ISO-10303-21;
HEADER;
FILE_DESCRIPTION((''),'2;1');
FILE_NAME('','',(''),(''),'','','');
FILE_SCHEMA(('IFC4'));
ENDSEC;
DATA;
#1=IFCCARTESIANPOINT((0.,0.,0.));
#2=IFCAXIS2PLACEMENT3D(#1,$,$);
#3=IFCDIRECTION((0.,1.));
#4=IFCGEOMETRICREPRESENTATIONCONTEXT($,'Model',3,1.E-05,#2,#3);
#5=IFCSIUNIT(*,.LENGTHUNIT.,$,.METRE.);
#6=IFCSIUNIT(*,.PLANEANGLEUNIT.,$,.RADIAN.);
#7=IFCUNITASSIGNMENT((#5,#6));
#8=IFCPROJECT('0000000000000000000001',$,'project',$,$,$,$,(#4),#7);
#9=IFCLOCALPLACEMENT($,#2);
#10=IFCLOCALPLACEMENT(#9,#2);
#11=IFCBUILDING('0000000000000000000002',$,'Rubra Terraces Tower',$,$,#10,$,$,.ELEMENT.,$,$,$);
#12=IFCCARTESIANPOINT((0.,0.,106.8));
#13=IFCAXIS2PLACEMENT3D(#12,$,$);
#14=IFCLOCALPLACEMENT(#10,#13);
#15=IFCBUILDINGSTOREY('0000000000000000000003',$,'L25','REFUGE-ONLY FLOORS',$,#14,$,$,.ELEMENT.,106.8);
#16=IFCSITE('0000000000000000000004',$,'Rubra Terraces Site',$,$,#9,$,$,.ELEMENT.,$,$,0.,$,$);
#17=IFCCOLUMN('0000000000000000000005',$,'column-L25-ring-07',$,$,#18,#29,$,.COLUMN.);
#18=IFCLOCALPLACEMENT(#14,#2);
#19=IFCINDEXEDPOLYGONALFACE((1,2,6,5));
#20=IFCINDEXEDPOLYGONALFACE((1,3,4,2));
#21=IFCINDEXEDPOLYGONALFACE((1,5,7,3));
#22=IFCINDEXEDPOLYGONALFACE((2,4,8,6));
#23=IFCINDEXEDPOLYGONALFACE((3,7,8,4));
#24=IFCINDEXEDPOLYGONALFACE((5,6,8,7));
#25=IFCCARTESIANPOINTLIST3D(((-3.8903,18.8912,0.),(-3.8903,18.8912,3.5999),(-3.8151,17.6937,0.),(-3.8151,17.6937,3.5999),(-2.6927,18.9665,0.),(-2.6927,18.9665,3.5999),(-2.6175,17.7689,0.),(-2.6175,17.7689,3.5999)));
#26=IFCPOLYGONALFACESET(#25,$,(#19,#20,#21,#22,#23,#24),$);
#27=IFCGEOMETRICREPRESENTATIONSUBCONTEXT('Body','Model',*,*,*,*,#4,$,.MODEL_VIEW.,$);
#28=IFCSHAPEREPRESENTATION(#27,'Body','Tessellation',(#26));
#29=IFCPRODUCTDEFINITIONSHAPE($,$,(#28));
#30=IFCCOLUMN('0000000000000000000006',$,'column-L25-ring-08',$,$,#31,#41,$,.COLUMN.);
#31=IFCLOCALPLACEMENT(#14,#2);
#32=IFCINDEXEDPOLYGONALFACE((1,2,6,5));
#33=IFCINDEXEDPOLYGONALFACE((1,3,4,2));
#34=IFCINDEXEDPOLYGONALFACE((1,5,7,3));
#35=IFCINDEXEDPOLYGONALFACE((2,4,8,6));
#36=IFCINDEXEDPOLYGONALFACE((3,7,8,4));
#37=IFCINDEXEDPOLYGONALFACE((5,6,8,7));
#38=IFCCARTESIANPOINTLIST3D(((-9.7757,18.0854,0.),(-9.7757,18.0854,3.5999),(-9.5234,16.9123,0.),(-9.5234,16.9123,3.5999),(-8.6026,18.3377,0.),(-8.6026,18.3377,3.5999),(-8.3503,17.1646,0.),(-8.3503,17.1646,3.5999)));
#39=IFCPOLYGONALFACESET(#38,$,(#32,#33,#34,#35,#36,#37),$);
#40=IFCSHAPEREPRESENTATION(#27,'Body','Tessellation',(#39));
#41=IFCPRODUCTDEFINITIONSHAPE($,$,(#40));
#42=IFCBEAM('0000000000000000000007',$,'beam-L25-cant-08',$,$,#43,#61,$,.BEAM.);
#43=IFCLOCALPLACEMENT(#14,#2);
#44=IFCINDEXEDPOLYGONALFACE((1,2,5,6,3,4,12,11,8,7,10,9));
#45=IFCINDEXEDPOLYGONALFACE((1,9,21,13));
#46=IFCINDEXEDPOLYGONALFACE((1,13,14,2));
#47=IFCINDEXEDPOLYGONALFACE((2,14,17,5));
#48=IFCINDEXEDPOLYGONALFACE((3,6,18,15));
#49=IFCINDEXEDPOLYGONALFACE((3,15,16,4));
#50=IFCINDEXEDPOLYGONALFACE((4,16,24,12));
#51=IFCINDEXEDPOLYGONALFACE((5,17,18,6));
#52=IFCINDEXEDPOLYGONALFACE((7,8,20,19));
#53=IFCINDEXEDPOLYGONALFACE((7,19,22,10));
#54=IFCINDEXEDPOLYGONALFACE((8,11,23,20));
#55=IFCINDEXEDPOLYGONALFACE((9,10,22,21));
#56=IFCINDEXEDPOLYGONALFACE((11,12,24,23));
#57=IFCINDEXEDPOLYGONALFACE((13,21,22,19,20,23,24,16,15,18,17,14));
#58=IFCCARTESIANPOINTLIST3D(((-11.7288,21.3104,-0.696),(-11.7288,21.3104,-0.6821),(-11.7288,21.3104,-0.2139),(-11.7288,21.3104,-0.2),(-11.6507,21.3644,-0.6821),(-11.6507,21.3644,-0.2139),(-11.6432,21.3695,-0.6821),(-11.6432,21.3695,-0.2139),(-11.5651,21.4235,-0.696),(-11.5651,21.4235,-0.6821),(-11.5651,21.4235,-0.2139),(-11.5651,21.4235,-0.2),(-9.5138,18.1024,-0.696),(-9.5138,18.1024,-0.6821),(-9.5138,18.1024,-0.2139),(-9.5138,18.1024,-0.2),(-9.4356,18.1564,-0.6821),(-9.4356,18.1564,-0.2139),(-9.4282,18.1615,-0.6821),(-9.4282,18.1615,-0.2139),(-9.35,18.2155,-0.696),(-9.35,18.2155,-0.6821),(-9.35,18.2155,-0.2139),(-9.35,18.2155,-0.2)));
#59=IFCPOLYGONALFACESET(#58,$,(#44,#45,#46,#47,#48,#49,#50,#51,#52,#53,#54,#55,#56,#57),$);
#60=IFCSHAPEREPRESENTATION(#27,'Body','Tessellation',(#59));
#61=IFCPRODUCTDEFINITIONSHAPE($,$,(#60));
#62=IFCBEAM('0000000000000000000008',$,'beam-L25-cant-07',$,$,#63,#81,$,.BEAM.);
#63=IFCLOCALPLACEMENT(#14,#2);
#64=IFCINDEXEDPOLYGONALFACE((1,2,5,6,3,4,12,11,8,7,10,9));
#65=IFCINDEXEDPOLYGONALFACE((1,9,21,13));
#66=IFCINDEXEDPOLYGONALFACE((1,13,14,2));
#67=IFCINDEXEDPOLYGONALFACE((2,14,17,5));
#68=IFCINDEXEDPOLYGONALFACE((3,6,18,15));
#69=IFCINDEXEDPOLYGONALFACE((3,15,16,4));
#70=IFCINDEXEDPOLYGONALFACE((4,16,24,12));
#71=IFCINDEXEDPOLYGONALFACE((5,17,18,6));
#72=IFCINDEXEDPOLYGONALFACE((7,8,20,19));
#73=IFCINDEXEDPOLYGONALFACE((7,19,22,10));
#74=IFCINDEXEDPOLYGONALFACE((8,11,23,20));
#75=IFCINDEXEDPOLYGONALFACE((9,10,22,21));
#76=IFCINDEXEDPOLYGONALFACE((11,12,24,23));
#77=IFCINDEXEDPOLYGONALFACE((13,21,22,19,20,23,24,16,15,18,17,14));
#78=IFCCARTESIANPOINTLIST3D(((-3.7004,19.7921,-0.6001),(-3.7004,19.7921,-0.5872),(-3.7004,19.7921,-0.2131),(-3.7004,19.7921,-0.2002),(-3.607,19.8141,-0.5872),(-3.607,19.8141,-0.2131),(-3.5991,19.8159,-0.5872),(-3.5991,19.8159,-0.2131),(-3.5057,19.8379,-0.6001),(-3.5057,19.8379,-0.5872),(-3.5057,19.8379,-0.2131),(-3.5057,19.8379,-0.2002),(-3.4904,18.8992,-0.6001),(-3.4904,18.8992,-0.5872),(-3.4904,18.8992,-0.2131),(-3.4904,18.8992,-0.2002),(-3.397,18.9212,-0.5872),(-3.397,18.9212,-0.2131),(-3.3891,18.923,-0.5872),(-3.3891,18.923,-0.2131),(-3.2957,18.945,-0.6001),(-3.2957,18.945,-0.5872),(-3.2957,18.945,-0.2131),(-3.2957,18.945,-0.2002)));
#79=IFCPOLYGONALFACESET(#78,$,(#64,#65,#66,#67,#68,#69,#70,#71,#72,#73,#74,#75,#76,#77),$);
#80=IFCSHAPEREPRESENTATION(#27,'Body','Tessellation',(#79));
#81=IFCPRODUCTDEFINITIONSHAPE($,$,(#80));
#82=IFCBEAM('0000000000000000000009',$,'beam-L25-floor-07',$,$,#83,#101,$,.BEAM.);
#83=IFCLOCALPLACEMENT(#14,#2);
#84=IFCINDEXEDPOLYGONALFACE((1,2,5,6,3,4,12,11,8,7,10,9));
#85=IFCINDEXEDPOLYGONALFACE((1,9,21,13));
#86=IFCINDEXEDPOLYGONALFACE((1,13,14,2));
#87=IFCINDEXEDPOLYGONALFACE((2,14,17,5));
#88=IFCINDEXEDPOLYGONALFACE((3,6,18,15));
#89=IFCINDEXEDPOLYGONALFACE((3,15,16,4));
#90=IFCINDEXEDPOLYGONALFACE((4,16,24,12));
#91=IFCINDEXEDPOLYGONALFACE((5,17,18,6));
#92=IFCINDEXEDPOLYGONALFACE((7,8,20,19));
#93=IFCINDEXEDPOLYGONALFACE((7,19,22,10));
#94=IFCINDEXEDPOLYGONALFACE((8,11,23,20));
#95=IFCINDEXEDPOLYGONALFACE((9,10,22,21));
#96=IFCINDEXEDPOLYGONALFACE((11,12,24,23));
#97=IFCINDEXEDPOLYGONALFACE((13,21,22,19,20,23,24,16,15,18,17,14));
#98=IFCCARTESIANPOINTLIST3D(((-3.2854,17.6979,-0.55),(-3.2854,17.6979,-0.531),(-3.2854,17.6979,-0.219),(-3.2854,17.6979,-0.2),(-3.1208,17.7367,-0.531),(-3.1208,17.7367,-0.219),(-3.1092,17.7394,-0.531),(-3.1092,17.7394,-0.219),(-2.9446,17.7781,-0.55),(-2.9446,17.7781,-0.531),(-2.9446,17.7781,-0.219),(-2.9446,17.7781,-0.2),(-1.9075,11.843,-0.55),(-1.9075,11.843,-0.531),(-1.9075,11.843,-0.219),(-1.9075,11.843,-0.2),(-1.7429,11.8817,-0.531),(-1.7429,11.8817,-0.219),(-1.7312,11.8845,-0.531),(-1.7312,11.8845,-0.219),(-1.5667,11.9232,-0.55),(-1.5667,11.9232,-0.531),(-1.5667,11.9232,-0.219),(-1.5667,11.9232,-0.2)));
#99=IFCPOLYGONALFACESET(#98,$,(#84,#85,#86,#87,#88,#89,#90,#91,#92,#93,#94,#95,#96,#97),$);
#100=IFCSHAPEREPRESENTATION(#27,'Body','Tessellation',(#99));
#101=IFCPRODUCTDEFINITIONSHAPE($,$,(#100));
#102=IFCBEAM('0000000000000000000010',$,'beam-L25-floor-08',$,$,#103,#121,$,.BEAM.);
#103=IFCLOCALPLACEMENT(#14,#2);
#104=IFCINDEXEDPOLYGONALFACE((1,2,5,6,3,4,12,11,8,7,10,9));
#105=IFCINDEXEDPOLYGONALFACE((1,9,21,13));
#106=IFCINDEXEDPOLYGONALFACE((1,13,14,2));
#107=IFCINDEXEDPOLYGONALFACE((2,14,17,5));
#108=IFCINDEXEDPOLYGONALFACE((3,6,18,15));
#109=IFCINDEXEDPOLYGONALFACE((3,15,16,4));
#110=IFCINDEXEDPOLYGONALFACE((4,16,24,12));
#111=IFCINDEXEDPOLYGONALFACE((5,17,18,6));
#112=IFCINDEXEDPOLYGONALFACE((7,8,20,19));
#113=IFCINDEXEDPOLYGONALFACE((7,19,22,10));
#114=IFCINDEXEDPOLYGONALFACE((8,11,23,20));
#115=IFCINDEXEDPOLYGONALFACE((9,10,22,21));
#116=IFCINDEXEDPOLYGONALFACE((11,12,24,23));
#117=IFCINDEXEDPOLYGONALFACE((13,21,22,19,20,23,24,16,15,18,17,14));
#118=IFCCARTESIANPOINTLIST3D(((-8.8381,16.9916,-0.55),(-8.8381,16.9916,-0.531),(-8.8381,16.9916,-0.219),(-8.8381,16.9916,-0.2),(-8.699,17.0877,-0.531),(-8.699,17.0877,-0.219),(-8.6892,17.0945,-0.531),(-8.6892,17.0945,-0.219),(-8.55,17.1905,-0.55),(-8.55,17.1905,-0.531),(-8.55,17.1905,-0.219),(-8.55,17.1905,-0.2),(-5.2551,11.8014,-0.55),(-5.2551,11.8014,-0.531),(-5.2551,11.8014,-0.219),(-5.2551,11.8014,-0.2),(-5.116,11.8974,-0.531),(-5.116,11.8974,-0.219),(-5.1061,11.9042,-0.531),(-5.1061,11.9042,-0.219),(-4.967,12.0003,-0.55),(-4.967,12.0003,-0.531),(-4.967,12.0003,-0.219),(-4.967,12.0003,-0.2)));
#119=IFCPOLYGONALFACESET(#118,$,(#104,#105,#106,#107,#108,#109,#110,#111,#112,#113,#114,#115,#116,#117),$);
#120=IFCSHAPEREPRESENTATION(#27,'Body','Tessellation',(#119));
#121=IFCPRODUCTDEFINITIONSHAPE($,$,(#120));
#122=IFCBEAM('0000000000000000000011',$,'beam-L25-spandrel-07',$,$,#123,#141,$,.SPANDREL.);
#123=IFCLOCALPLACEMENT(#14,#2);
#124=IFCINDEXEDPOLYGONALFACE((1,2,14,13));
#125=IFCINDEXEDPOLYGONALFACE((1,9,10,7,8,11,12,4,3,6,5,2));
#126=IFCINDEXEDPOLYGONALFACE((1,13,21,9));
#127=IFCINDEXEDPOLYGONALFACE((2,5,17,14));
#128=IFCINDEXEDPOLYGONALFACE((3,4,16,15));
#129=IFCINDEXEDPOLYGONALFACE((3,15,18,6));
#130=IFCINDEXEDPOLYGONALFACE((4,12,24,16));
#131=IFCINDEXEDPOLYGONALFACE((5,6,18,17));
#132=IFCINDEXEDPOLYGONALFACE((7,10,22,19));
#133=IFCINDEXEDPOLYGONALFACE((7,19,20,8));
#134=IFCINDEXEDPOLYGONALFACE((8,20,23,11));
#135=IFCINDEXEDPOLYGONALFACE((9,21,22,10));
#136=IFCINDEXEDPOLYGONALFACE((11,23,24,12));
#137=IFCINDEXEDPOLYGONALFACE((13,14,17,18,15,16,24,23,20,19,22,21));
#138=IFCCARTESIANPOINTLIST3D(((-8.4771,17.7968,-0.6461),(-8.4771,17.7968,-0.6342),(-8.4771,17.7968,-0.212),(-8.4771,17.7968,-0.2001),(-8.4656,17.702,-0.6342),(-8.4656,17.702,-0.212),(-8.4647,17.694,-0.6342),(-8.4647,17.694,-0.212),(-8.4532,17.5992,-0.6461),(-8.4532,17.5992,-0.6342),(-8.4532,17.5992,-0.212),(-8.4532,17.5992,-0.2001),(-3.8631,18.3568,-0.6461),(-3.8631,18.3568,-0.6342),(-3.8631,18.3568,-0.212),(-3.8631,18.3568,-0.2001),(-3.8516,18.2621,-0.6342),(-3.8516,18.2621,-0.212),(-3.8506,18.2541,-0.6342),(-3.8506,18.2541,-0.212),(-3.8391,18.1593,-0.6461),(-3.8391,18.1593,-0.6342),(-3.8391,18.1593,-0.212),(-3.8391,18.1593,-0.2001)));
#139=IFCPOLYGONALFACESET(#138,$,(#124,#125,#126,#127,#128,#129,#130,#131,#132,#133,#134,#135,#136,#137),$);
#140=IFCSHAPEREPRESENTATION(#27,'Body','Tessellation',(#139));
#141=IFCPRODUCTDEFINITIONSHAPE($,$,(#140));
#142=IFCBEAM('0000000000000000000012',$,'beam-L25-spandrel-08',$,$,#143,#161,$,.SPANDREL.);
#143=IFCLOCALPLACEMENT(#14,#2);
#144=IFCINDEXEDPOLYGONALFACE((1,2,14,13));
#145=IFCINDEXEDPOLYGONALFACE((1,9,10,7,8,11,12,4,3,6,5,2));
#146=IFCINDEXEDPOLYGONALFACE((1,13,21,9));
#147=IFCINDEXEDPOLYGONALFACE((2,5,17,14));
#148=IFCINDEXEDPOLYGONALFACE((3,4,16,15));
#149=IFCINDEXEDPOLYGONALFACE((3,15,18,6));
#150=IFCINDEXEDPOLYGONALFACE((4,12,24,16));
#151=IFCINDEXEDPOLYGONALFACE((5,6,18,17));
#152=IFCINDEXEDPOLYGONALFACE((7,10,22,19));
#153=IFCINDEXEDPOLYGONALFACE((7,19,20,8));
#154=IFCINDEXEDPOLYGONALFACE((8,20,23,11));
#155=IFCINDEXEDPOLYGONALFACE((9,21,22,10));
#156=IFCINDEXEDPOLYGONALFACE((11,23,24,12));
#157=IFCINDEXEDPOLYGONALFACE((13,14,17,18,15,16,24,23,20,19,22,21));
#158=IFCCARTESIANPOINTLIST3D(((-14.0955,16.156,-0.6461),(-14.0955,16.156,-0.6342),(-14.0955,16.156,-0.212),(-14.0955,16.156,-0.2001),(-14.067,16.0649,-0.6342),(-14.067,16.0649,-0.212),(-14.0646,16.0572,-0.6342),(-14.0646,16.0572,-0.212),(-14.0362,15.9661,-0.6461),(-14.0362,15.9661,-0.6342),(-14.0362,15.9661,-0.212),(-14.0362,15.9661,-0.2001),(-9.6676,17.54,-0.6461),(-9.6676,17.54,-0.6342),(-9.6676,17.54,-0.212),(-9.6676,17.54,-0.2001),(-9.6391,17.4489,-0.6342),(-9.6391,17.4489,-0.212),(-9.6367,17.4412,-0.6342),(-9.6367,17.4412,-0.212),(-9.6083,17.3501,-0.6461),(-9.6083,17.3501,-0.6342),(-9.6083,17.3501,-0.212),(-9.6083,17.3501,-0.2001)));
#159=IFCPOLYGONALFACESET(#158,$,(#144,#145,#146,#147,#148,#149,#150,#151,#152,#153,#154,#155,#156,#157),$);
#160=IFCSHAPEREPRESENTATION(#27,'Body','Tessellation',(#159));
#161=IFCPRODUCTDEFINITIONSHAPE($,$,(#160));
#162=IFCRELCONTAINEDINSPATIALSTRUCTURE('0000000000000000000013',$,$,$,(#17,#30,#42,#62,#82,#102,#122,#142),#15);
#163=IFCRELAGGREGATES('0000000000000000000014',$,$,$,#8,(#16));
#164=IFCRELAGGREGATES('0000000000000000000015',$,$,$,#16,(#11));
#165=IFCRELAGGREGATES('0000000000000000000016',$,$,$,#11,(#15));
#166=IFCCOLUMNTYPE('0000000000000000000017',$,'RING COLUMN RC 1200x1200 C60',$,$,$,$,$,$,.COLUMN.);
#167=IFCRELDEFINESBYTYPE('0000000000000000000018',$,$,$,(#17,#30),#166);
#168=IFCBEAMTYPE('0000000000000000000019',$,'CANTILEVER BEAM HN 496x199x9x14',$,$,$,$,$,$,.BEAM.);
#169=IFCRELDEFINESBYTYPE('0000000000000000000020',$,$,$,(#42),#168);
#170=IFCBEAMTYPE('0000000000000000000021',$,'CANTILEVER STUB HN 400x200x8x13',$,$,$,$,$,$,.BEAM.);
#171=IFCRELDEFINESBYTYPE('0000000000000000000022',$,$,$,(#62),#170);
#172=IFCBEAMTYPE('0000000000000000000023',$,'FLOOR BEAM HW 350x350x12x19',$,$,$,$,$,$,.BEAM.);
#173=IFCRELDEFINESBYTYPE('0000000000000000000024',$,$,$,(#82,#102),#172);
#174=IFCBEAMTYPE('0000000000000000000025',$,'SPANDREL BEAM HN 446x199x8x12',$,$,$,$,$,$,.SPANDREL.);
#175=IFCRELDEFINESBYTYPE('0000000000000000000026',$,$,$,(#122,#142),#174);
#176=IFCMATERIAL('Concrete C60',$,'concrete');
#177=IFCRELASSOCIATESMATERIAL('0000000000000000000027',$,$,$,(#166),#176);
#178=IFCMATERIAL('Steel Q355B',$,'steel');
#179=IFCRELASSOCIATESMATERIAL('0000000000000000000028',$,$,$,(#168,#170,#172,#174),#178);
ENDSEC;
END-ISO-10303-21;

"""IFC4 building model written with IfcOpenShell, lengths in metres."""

from ifc_helpers import new_model, si_unit, direction, frame, origin, origin_2d, place, context, subcontext, project, spatial, rectangle, i_section, extrude, material, material_profile, profile_set, type_object, element, save


model = new_model("IFC4")

# Units and contexts
model_context = context("Model", 3, precision=1e-05, world=origin(), true_north=direction((0.0, 1.0)))
body_context = subcontext(model_context, "Body", "Model", "MODEL_VIEW")
ifc_project = project(units=[si_unit("LENGTHUNIT", "METRE"), si_unit("PLANEANGLEUNIT", "RADIAN")], contexts=[model_context])

# Site, building, storey
site_placement = place(None, origin())
site = spatial("IfcSite", under=ifc_project, at=site_placement, Name="Rubra Terraces Site", CompositionType="ELEMENT", RefElevation=0.0)
building_placement = place(site_placement, origin())
building = spatial("IfcBuilding", under=site, at=building_placement, Name="Rubra Terraces Tower", CompositionType="ELEMENT")
storey_placement = place(building_placement, frame((0.0, 0.0, 106.8)))
storey = spatial("IfcBuildingStorey", under=building, at=storey_placement, Name="L25", Description="REFUGE-ONLY FLOORS", CompositionType="ELEMENT", Elevation=106.8)

# Columns
ifc_material_1 = material(Name="Concrete C60", Category="concrete")
ifc_material_profile_1 = material_profile(ifc_material_1, rectangle(XDim=1.2, YDim=1.2, at=origin_2d()), Name="RC 1200x1200")
ifc_profile_set_1 = profile_set([ifc_material_profile_1], Name="Concrete C60")
column_type = type_object("IfcColumnType", Name="RING COLUMN RC 1200x1200 C60", PredefinedType="COLUMN", material=ifc_profile_set_1)
for number, where, z_axis, x_axis, name in (
    (1, (-3.2539, 18.3301, 0.0), (0.0, 0.0, 1.0), (-0.998032, -0.062714, 0.0), "column-L25-ring-07"),
    (2, (-9.063, 17.625, 0.0), (0.0, 0.0, 1.0), (-0.977653, -0.210227, 0.0), "column-L25-ring-08"),
):
    element("IfcColumn", number, at=place(storey_placement, frame(where, z_axis=z_axis, x_axis=x_axis)), inside=storey, type_object=column_type, Name=name, PredefinedType="COLUMN", context=body_context, shape_type="SweptSolid", body=[
        extrude(rectangle(XDim=1.2, YDim=1.2, at=origin_2d()), origin(), (0.0, 0.0, 1.0), 3.5999),
    ])

# Beams
ifc_material_2 = material(Name="Steel Q355B", Category="steel")
ifc_material_profile_2 = material_profile(ifc_material_2, i_section(OverallWidth=0.199, OverallDepth=0.4961, WebThickness=0.009, FlangeThickness=0.0139, at=origin_2d()), Name="HN 496x199x9x14")
ifc_profile_set_2 = profile_set([ifc_material_profile_2], Name="Steel Q355B")
beam_type_1 = type_object("IfcBeamType", Name="CANTILEVER BEAM HN 496x199x9x14", PredefinedType="BEAM", material=ifc_profile_set_2)
beam_1_placement = place(storey_placement, frame((-9.4319, 18.1589, -0.448), z_axis=(-0.568197, 0.822893, 0.0), x_axis=(-0.822893, -0.568197, 0.0)))
element("IfcBeam", 3, at=beam_1_placement, inside=storey, type_object=beam_type_1, Name="beam-L25-cant-08", PredefinedType="BEAM", context=body_context, shape_type="SweptSolid", body=[
    extrude(i_section(OverallWidth=0.199, OverallDepth=0.4961, WebThickness=0.009, FlangeThickness=0.0139, at=origin_2d()), origin(), (0.0, 0.0, 1.0), 3.8984),
])
ifc_material_profile_3 = material_profile(ifc_material_2, i_section(OverallWidth=0.2, OverallDepth=0.3999, WebThickness=0.0081, FlangeThickness=0.0129, at=origin_2d()), Name="HN 400x200x8x13")
ifc_profile_set_3 = profile_set([ifc_material_profile_3], Name="Steel Q355B")
beam_type_2 = type_object("IfcBeamType", Name="CANTILEVER STUB HN 400x200x8x13", PredefinedType="BEAM", material=ifc_profile_set_3)
beam_2_placement = place(storey_placement, frame((-3.3931, 18.9221, -0.4001), z_axis=(-0.228921, 0.973445, 0.0), x_axis=(-0.973445, -0.228921, 0.0)))
element("IfcBeam", 4, at=beam_2_placement, inside=storey, type_object=beam_type_2, Name="beam-L25-cant-07", PredefinedType="BEAM", context=body_context, shape_type="SweptSolid", body=[
    extrude(i_section(OverallWidth=0.2, OverallDepth=0.3999, WebThickness=0.0081, FlangeThickness=0.0129, at=origin_2d()), origin(), (0.0, 0.0, 1.0), 0.9172),
])
ifc_material_profile_4 = material_profile(ifc_material_2, i_section(OverallWidth=0.3501, OverallDepth=0.3501, WebThickness=0.012, FlangeThickness=0.019, at=origin_2d()), Name="HW 350x350x12x19")
ifc_profile_set_4 = profile_set([ifc_material_profile_4], Name="Steel Q355B")
beam_type_3 = type_object("IfcBeamType", Name="FLOOR BEAM HW 350x350x12x19", PredefinedType="BEAM", material=ifc_profile_set_4)
beam_3_placement = place(storey_placement, frame((-3.115, 17.738, -0.375), z_axis=(0.229085, -0.973407, 0.0), x_axis=(0.973407, 0.229085, 0.0)))
element("IfcBeam", 5, at=beam_3_placement, inside=storey, type_object=beam_type_3, Name="beam-L25-floor-07", PredefinedType="BEAM", context=body_context, shape_type="SweptSolid", body=[
    extrude(i_section(OverallWidth=0.3501, OverallDepth=0.3501, WebThickness=0.012, FlangeThickness=0.019, at=origin_2d()), origin(), (0.0, 0.0, 1.0), 6.0149),
])
beam_4_placement = place(storey_placement, frame((-8.6941, 17.0911, -0.375), z_axis=(0.568116, -0.822948, 0.0), x_axis=(0.822948, 0.568116, 0.0)))
element("IfcBeam", 6, at=beam_4_placement, inside=storey, type_object=beam_type_3, Name="beam-L25-floor-08", PredefinedType="BEAM", context=body_context, shape_type="SweptSolid", body=[
    extrude(i_section(OverallWidth=0.3501, OverallDepth=0.3501, WebThickness=0.012, FlangeThickness=0.019, at=origin_2d()), origin(), (0.0, 0.0, 1.0), 6.3069),
])
ifc_material_profile_5 = material_profile(ifc_material_2, i_section(OverallWidth=0.199, OverallDepth=0.446, WebThickness=0.0081, FlangeThickness=0.012, at=origin_2d()), Name="HN 446x199x8x12")
ifc_profile_set_5 = profile_set([ifc_material_profile_5], Name="Steel Q355B")
beam_type_4 = type_object("IfcBeamType", Name="SPANDREL BEAM HN 446x199x8x12", PredefinedType="SPANDREL", material=ifc_profile_set_5)
beam_5_placement = place(storey_placement, frame((-3.8511, 18.2581, -0.4231), z_axis=(-0.992714, -0.120498, 0.0), x_axis=(0.120498, -0.992714, 0.0)))
element("IfcBeam", 7, at=beam_5_placement, inside=storey, type_object=beam_type_4, Name="beam-L25-spandrel-07", PredefinedType="SPANDREL", context=body_context, shape_type="SweptSolid", body=[
    extrude(i_section(OverallWidth=0.199, OverallDepth=0.446, WebThickness=0.0081, FlangeThickness=0.012, at=origin_2d()), origin(), (0.0, 0.0, 1.0), 4.6479),
])
beam_6_placement = place(storey_placement, frame((-9.6379, 17.4451, -0.4231), z_axis=(-0.954462, -0.298332, 0.0), x_axis=(0.298332, -0.954462, 0.0)))
element("IfcBeam", 8, at=beam_6_placement, inside=storey, type_object=beam_type_4, Name="beam-L25-spandrel-08", PredefinedType="SPANDREL", context=body_context, shape_type="SweptSolid", body=[
    extrude(i_section(OverallWidth=0.199, OverallDepth=0.446, WebThickness=0.0081, FlangeThickness=0.012, at=origin_2d()), origin(), (0.0, 0.0, 1.0), 4.6392),
])

save(model, "model.ifc")
